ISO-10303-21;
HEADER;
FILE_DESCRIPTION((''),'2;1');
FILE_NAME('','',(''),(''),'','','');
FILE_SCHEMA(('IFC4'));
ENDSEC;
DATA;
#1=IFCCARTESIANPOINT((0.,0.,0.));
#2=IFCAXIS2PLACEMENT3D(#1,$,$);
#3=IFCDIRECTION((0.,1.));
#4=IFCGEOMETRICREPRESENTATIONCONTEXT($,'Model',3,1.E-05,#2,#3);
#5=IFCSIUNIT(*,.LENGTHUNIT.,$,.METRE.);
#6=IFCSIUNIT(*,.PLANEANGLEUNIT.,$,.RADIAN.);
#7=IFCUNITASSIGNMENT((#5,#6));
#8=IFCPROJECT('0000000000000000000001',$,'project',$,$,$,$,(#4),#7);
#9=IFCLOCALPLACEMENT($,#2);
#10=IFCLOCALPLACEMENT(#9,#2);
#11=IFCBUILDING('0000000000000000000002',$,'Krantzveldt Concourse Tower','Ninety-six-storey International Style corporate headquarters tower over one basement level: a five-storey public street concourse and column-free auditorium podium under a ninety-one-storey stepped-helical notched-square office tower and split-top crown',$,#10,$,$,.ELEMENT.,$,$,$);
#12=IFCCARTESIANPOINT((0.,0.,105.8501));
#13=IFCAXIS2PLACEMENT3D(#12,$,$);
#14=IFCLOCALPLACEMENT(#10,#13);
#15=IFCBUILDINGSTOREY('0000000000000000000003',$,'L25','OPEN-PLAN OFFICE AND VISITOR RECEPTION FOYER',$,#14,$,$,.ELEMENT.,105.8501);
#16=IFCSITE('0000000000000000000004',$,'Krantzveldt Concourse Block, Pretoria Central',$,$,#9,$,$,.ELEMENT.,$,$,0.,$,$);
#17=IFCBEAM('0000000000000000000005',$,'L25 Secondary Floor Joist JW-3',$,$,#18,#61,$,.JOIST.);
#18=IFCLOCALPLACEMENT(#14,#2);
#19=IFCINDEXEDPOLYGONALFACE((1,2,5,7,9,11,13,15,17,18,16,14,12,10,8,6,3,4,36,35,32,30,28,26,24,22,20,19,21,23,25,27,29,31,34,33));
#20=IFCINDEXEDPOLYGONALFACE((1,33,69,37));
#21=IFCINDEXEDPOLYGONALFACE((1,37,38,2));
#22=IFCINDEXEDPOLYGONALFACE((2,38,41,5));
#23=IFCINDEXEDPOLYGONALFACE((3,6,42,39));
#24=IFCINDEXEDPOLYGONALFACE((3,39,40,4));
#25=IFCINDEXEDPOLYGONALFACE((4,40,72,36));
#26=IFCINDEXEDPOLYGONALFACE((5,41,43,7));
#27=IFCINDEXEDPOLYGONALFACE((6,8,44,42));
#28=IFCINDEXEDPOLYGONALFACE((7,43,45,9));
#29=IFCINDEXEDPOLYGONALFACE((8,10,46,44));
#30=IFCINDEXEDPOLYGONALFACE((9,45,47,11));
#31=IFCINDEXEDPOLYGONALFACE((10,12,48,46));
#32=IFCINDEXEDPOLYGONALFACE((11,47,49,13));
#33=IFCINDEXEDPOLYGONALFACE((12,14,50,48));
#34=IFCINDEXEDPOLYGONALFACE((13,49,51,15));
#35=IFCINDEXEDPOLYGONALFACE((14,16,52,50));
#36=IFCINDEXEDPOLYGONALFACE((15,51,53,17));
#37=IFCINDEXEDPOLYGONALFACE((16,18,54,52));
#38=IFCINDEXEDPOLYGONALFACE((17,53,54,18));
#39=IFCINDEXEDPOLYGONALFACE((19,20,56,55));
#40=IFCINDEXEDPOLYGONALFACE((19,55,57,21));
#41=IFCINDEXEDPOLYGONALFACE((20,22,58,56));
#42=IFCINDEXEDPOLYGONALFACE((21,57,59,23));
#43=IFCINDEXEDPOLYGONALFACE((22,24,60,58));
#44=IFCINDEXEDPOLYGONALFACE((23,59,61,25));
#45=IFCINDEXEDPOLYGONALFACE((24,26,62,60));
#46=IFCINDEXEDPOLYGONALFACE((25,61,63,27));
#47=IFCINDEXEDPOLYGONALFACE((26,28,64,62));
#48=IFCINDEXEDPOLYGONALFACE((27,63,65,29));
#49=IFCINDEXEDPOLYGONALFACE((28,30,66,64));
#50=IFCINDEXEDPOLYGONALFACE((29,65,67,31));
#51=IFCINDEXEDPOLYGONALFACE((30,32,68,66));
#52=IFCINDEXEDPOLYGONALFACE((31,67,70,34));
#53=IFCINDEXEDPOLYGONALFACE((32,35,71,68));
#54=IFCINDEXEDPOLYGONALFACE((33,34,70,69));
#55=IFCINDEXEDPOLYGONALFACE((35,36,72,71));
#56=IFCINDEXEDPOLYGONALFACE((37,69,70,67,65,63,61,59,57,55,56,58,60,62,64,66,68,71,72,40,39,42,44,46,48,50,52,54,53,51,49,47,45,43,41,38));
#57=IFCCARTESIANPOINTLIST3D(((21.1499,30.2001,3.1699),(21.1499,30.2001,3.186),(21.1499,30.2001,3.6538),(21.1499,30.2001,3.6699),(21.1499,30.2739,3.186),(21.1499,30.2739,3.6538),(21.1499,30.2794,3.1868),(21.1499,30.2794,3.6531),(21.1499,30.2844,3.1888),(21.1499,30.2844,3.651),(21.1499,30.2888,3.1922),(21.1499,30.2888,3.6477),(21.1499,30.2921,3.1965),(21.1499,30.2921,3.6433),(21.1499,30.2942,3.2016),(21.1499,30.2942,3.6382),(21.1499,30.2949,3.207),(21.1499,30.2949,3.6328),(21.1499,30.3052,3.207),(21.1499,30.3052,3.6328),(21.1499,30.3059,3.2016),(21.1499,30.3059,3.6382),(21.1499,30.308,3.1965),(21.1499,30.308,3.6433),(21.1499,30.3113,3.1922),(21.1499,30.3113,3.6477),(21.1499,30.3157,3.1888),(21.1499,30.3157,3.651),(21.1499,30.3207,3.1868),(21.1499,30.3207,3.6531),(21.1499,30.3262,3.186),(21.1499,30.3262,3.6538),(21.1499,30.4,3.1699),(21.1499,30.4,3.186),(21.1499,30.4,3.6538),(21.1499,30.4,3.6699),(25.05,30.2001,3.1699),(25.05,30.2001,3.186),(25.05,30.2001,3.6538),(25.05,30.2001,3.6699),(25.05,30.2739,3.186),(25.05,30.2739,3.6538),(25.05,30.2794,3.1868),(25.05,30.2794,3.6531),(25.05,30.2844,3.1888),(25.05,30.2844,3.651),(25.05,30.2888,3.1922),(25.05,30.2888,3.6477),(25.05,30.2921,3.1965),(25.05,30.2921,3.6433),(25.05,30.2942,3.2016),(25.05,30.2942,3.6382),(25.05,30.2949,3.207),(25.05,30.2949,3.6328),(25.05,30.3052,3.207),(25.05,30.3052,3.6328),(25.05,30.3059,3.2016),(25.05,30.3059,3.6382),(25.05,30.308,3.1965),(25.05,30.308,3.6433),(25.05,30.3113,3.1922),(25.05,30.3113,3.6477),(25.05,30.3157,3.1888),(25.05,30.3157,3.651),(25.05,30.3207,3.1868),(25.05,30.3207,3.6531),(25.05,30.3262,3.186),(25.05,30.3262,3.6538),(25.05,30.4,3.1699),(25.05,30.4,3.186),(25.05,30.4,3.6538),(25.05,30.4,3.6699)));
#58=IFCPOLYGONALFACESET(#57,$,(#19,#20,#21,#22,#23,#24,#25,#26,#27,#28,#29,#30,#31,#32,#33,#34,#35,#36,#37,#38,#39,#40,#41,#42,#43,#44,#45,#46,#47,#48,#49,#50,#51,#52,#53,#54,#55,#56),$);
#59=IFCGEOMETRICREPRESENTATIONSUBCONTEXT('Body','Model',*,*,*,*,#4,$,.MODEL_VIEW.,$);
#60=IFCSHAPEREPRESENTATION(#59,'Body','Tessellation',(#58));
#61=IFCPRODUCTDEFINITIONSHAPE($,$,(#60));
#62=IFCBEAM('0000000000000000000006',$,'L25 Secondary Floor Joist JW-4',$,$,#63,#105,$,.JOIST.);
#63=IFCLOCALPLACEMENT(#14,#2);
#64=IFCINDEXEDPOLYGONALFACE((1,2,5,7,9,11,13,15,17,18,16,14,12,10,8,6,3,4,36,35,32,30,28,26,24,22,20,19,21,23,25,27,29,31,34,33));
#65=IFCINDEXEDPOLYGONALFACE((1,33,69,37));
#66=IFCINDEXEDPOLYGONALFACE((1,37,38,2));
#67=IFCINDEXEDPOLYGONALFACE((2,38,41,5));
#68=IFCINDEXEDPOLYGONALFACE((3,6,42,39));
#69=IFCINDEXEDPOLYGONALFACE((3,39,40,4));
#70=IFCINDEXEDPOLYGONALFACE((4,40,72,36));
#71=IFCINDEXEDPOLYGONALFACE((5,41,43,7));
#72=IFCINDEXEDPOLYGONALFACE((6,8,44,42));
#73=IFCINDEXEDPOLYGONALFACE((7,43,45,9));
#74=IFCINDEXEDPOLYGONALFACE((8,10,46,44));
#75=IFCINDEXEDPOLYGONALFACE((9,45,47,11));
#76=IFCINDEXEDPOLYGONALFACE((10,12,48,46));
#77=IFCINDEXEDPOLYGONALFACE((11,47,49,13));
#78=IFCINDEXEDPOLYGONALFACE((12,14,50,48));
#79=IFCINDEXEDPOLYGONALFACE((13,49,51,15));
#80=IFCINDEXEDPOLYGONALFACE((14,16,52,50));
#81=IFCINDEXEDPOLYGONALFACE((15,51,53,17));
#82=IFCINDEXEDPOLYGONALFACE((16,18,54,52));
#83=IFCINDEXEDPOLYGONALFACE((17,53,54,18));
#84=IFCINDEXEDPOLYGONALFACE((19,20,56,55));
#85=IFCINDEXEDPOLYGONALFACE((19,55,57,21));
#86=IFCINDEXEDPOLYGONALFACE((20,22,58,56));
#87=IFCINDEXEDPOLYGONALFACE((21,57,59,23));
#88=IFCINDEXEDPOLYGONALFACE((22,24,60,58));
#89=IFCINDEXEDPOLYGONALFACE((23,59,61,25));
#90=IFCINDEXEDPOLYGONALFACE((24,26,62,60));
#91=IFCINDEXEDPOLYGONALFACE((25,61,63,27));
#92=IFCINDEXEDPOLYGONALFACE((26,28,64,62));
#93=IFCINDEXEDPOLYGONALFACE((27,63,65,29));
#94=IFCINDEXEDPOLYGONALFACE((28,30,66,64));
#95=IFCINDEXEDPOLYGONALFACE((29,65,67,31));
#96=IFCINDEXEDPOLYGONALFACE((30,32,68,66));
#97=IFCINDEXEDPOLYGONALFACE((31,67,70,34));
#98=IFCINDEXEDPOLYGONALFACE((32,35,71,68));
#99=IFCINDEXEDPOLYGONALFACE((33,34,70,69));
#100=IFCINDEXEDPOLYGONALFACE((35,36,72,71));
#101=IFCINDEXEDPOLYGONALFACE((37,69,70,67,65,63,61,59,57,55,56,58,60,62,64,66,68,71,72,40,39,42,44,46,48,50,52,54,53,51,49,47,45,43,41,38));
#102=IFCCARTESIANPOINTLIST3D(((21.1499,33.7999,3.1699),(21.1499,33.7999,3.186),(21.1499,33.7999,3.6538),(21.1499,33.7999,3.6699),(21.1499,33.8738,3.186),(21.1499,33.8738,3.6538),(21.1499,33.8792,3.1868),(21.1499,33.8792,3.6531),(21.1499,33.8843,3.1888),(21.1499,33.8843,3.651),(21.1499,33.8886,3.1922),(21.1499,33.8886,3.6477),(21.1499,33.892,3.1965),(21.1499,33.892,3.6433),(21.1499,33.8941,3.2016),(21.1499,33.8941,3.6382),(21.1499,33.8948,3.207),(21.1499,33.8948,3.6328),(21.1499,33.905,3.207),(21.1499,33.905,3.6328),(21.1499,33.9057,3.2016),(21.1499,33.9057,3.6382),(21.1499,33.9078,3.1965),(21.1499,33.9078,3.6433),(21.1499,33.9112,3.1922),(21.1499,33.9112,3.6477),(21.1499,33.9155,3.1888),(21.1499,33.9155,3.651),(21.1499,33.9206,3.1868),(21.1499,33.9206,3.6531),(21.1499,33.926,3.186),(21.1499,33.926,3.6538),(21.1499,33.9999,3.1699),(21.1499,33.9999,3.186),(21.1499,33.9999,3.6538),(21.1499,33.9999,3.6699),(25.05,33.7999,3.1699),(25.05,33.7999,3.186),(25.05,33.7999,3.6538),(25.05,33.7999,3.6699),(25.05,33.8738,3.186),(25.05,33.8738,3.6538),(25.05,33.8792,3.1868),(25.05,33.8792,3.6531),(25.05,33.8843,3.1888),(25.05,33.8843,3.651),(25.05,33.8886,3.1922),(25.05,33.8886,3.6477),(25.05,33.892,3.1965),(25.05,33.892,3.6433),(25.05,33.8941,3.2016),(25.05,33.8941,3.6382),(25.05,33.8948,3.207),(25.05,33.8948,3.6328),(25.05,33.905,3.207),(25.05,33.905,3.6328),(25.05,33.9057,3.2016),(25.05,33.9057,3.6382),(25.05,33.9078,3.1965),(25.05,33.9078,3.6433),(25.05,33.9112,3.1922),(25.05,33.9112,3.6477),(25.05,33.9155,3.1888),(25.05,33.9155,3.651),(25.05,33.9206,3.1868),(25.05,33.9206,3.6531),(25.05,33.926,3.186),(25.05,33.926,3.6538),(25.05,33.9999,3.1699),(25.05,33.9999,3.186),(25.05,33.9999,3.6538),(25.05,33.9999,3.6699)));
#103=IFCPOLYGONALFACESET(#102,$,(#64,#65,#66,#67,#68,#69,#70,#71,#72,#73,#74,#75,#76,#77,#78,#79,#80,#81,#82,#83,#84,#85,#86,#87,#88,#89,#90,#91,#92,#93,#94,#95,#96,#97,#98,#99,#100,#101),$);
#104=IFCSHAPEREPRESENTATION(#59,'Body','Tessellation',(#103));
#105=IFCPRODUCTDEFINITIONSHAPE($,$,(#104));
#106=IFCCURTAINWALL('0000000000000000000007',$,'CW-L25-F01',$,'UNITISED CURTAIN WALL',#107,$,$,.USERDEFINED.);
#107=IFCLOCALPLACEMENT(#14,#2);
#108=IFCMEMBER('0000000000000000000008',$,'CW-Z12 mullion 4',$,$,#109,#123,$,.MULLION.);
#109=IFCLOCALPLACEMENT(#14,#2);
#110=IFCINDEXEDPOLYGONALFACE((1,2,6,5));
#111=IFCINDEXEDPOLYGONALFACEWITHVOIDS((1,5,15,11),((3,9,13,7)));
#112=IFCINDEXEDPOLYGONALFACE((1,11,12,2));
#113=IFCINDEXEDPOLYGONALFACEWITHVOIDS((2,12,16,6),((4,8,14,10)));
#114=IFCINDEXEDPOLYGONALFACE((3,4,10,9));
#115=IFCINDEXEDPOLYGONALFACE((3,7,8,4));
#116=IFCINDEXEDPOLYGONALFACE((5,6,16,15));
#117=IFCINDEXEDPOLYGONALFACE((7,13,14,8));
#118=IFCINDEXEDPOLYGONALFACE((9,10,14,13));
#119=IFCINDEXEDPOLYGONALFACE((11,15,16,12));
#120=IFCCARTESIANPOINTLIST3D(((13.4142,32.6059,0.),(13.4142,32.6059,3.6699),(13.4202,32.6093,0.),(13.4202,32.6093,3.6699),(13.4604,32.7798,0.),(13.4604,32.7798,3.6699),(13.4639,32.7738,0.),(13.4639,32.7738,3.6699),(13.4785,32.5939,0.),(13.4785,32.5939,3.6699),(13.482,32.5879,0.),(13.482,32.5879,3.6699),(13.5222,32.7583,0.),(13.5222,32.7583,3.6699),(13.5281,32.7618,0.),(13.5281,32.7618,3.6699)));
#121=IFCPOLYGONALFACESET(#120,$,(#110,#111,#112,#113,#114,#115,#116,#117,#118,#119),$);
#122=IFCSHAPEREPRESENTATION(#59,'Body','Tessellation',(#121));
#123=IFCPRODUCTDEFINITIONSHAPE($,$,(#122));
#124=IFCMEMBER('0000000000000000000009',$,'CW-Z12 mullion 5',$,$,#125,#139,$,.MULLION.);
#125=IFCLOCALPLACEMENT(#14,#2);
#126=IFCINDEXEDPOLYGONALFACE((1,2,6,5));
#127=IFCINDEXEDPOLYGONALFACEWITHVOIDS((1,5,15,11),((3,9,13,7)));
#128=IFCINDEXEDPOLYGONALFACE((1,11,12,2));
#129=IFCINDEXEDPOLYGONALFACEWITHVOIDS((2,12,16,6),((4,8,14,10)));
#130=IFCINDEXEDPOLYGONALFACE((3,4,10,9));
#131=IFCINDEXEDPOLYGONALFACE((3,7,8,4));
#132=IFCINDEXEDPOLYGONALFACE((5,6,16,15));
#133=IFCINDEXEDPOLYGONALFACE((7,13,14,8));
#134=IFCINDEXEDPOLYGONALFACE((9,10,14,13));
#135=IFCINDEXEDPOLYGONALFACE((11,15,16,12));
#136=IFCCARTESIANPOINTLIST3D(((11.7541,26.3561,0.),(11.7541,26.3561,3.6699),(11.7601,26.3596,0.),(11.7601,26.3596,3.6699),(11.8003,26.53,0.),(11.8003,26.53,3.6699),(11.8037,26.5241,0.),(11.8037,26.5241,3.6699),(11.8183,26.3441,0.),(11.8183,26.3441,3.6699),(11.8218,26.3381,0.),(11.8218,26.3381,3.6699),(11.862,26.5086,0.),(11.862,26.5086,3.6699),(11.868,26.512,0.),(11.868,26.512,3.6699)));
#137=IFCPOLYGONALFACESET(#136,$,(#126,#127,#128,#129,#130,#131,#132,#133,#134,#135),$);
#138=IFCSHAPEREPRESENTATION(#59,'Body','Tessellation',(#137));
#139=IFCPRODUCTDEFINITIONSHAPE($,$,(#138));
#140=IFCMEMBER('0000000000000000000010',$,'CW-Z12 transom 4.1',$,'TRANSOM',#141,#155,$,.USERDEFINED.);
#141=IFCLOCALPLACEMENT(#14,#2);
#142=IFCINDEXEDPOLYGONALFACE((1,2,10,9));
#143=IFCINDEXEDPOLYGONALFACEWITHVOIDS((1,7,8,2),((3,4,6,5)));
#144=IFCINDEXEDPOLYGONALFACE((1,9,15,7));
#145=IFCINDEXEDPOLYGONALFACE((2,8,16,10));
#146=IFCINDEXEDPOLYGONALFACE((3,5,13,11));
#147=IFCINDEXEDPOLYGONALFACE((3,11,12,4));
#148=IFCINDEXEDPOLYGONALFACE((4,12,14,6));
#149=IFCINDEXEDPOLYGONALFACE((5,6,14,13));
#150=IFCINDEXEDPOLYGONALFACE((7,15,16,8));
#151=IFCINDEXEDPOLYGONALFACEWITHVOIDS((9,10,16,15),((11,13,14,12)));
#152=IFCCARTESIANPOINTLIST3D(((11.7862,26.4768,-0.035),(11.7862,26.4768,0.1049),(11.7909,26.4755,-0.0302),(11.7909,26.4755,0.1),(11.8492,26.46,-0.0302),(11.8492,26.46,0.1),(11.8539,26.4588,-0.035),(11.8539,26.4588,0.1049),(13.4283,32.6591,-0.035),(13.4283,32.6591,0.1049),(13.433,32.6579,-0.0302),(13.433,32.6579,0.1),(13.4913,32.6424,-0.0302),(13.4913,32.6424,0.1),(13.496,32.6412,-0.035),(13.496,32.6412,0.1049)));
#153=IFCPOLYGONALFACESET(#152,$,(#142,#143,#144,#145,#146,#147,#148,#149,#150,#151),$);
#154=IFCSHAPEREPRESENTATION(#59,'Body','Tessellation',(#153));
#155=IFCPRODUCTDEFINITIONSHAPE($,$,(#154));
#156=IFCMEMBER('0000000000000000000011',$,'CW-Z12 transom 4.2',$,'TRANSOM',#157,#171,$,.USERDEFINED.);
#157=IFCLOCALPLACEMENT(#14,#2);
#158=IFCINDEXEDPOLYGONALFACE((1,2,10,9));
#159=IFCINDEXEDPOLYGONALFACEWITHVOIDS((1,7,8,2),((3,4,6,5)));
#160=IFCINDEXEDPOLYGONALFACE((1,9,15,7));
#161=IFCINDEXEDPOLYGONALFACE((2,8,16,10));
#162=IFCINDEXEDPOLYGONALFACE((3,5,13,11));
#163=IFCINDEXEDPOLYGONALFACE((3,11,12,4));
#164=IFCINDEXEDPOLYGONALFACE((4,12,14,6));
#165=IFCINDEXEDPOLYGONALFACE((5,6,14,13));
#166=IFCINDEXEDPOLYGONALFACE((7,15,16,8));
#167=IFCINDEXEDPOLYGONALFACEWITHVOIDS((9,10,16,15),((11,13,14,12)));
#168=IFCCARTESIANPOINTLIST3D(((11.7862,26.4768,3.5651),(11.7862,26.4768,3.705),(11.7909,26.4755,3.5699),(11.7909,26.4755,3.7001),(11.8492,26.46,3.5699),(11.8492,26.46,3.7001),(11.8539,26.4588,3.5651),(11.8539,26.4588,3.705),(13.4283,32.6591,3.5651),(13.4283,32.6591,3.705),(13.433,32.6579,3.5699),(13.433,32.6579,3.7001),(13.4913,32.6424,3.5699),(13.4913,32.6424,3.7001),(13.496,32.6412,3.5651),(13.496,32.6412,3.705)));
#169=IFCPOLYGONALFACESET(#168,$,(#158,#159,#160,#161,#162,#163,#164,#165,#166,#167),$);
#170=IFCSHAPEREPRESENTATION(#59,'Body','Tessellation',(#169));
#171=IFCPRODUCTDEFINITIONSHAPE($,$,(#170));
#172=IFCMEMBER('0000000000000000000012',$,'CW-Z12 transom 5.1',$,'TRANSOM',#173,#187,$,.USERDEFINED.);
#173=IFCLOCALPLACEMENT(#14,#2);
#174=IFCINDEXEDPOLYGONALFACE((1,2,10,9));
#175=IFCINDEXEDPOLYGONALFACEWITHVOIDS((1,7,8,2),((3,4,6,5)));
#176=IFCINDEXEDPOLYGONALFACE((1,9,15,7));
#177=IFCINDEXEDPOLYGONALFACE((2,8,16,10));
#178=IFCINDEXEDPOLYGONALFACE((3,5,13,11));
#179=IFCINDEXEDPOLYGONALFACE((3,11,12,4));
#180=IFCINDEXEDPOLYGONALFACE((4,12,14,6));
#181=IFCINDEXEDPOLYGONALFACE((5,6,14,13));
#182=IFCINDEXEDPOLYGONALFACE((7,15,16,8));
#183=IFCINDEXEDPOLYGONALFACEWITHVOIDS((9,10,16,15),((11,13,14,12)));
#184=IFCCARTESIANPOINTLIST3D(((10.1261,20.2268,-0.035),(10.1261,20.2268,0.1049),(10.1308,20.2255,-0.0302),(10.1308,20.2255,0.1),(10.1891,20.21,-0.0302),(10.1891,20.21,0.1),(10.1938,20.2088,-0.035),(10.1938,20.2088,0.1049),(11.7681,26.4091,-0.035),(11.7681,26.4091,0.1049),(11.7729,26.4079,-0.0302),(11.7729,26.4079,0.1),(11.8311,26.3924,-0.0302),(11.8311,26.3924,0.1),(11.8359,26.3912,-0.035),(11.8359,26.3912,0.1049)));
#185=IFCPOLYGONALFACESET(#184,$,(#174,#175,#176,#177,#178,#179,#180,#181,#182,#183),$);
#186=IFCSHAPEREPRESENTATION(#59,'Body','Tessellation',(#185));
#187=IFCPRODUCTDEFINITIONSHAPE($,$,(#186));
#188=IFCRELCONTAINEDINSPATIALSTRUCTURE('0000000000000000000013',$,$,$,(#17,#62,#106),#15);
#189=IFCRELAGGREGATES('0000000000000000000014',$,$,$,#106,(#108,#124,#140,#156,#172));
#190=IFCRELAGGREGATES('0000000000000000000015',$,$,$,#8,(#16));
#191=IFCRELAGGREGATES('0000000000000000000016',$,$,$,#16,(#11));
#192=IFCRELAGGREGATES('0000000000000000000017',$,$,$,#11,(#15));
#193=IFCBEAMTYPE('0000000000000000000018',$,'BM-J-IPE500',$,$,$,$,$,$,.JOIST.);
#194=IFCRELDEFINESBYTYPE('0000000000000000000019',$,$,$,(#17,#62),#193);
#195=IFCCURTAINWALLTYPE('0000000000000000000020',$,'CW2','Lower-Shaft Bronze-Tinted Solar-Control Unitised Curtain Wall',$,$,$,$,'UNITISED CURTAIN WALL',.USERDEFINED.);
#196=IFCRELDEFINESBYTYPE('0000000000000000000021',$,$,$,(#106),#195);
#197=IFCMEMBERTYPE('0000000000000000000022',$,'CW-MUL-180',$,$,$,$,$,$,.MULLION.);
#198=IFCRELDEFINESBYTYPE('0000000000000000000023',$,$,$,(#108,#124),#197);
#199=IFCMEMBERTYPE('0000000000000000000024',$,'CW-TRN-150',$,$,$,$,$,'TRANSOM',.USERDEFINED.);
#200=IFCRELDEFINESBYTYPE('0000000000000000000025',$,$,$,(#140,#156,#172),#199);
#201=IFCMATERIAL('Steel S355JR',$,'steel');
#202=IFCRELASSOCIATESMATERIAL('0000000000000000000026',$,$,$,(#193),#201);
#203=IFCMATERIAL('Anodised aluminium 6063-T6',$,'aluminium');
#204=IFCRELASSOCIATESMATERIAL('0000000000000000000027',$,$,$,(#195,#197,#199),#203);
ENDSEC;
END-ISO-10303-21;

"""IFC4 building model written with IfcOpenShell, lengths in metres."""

from ifc_helpers import new_model, si_unit, direction, frame, origin, origin_2d, place, context, subcontext, project, spatial, hollow_rectangle, i_section, extrude, source, transform, mapped, material, material_profile, profile_set, type_object, type_shapes, element, aggregate, save


model = new_model("IFC4")

# Units and contexts
model_context = context("Model", 3, precision=1e-05, world=origin(), true_north=direction((0.0, 1.0)))
body_context = subcontext(model_context, "Body", "Model", "MODEL_VIEW")
ifc_project = project(units=[si_unit("LENGTHUNIT", "METRE"), si_unit("PLANEANGLEUNIT", "RADIAN")], contexts=[model_context])

# Site, building, storey
site_placement = place(None, origin())
site = spatial("IfcSite", under=ifc_project, at=site_placement, Name="Krantzveldt Concourse Block, Pretoria Central", CompositionType="ELEMENT", RefElevation=0.0)
building_placement = place(site_placement, origin())
building = spatial("IfcBuilding", under=site, at=building_placement, Name="Krantzveldt Concourse Tower", Description="Ninety-six-storey International Style corporate headquarters tower over one basement level: a five-storey public street concourse and column-free auditorium podium under a ninety-one-storey stepped-helical notched-square office tower and split-top crown", CompositionType="ELEMENT")
storey_placement = place(building_placement, frame((0.0, 0.0, 105.8501)))
storey = spatial("IfcBuildingStorey", under=building, at=storey_placement, Name="L25", Description="OPEN-PLAN OFFICE AND VISITOR RECEPTION FOYER", CompositionType="ELEMENT", Elevation=105.8501)

# Beams
ifc_material_1 = material(Name="Steel S355JR", Category="steel")
ifc_material_profile_1 = material_profile(ifc_material_1, i_section(OverallWidth=0.2, OverallDepth=0.5, WebThickness=0.0103, FlangeThickness=0.0161, FilletRadius=0.021, at=origin_2d()), Name="Steel S355JR", Category="steel")
ifc_profile_set_1 = profile_set([ifc_material_profile_1], Name="Steel S355JR - IPE 500")
beam_type_1 = type_object("IfcBeamType", Name="BM-J-IPE500", PredefinedType="JOIST", material=ifc_profile_set_1)
shared_shape_1 = source(origin(), body_context, "Body", "SweptSolid", [
    extrude(i_section(OverallWidth=0.2, OverallDepth=0.5, WebThickness=0.0103, FlangeThickness=0.0161, FilletRadius=0.021, at=origin_2d()), origin(), (0.0, 0.0, 1.0), 3.9001),
])
type_shapes(beam_type_1, [shared_shape_1])
for number, where, z_axis, x_axis, name in (
    (1, (21.1499, 30.3, 3.4199), (1.0, 0.0, 0.0), (0.0, 1.0, 0.0), "L25 Secondary Floor Joist JW-3"),
    (2, (21.1499, 33.8999, 3.4199), (1.0, 0.0, 0.0), (0.0, 1.0, 0.0), "L25 Secondary Floor Joist JW-4"),
):
    element("IfcBeam", number, at=place(storey_placement, frame(where, z_axis=z_axis, x_axis=x_axis)), inside=storey, type_object=beam_type_1, Name=name, PredefinedType="JOIST", context=body_context, shape_type="MappedRepresentation", body=[
        mapped(shared_shape_1, transform((0.0, 0.0, 0.0), x_axis=(1.0, 0.0, 0.0), y_axis=(0.0, 1.0, 0.0), z_axis=(0.0, 0.0, 1.0), scale=1.0)),
    ])

# Curtain wall, members
ifc_material_2 = material(Name="Anodised aluminium 6063-T6", Category="aluminium")
curtain_wall_type = type_object("IfcCurtainWallType", Name="CW2", Description="Lower-Shaft Bronze-Tinted Solar-Control Unitised Curtain Wall", ElementType="UNITISED CURTAIN WALL", PredefinedType="USERDEFINED", material=ifc_material_2)
curtain_wall_placement = place(storey_placement, origin())
curtain_wall = element("IfcCurtainWall", 3, at=curtain_wall_placement, inside=storey, type_object=curtain_wall_type, Name="CW-L25-F01", ObjectType="UNITISED CURTAIN WALL", PredefinedType="USERDEFINED")
ifc_material_profile_2 = material_profile(ifc_material_2, hollow_rectangle(XDim=0.0701, YDim=0.1799, WallThickness=0.0049, at=origin_2d()), Name="Anodised aluminium 6063-T6", Category="aluminium")
ifc_profile_set_2 = profile_set([ifc_material_profile_2], Name="Anodised aluminium 6063-T6 - ALU-MULL 180x70x5")
member_type_1 = type_object("IfcMemberType", Name="CW-MUL-180", PredefinedType="MULLION", material=ifc_profile_set_2)
shared_shape_2 = source(origin(), body_context, "Body", "SweptSolid", [
    extrude(hollow_rectangle(XDim=0.0701, YDim=0.1799, WallThickness=0.0049, at=origin_2d()), origin(), (0.0, 0.0, 1.0), 3.6699),
])
type_shapes(member_type_1, [shared_shape_2])
member_1_placement = place(storey_placement, frame((13.4712, 32.6838, 0.0), z_axis=(0.0, 0.0, 1.0), x_axis=(0.966488, -0.256711, 0.0)))
member_1 = element("IfcMember", 4, at=member_1_placement, type_object=member_type_1, Name="CW-Z12 mullion 4", PredefinedType="MULLION", context=body_context, shape_type="MappedRepresentation", body=[
    mapped(shared_shape_2, transform((0.0, 0.0, 0.0), x_axis=(1.0, 0.0, 0.0), y_axis=(0.0, 1.0, 0.0), z_axis=(0.0, 0.0, 1.0), scale=1.0)),
])
member_2_placement = place(storey_placement, frame((11.811, 26.4341, 0.0), z_axis=(0.0, 0.0, 1.0), x_axis=(0.966488, -0.256711, 0.0)))
member_2 = element("IfcMember", 5, at=member_2_placement, type_object=member_type_1, Name="CW-Z12 mullion 5", PredefinedType="MULLION", context=body_context, shape_type="MappedRepresentation", body=[
    mapped(shared_shape_2, transform((0.0, 0.0, 0.0), x_axis=(1.0, 0.0, 0.0), y_axis=(0.0, 1.0, 0.0), z_axis=(0.0, 0.0, 1.0), scale=1.0)),
])
ifc_material_profile_3 = material_profile(ifc_material_2, hollow_rectangle(XDim=0.0701, YDim=0.1399, WallThickness=0.0049, at=origin_2d()), Name="Anodised aluminium 6063-T6", Category="aluminium")
ifc_profile_set_3 = profile_set([ifc_material_profile_3], Name="Anodised aluminium 6063-T6 - ALU-TRAN 140x70x5")
member_type_2 = type_object("IfcMemberType", Name="CW-TRN-150", ElementType="TRANSOM", PredefinedType="USERDEFINED", material=ifc_profile_set_3)
shared_shape_3 = source(origin(), body_context, "Body", "SweptSolid", [
    extrude(hollow_rectangle(XDim=0.0701, YDim=0.1399, WallThickness=0.0049, at=origin_2d()), origin(), (0.0, 0.0, 1.0), 6.3967),
])
type_shapes(member_type_2, [shared_shape_3])
member_3_placement = place(storey_placement, frame((13.4622, 32.6501, 0.0349), z_axis=(-0.256708, -0.966489, 0.0), x_axis=(0.966489, -0.256708, 0.0)))
member_3 = element("IfcMember", 6, at=member_3_placement, type_object=member_type_2, Name="CW-Z12 transom 4.1", ObjectType="TRANSOM", PredefinedType="USERDEFINED", context=body_context, shape_type="MappedRepresentation", body=[
    mapped(shared_shape_3, transform((0.0, 0.0, 0.0), x_axis=(1.0, 0.0, 0.0), y_axis=(0.0, 1.0, 0.0), z_axis=(0.0, 0.0, 1.0), scale=1.0)),
])
member_4_placement = place(storey_placement, frame((13.4622, 32.6501, 3.635), z_axis=(-0.256708, -0.966489, 0.0), x_axis=(0.966489, -0.256708, 0.0)))
member_4 = element("IfcMember", 7, at=member_4_placement, type_object=member_type_2, Name="CW-Z12 transom 4.2", ObjectType="TRANSOM", PredefinedType="USERDEFINED", context=body_context, shape_type="MappedRepresentation", body=[
    mapped(shared_shape_3, transform((0.0, 0.0, 0.0), x_axis=(1.0, 0.0, 0.0), y_axis=(0.0, 1.0, 0.0), z_axis=(0.0, 0.0, 1.0), scale=1.0)),
])
member_5_placement = place(storey_placement, frame((11.802, 26.4001, 0.0349), z_axis=(-0.256708, -0.966489, 0.0), x_axis=(0.966489, -0.256708, 0.0)))
member_5 = element("IfcMember", 8, at=member_5_placement, type_object=member_type_2, Name="CW-Z12 transom 5.1", ObjectType="TRANSOM", PredefinedType="USERDEFINED", context=body_context, shape_type="MappedRepresentation", body=[
    mapped(shared_shape_3, transform((0.0, 0.0, 0.0), x_axis=(1.0, 0.0, 0.0), y_axis=(0.0, 1.0, 0.0), z_axis=(0.0, 0.0, 1.0), scale=1.0)),
])
aggregate(curtain_wall, [member_1, member_2, member_3, member_4, member_5])

save(model, "model.ifc")
